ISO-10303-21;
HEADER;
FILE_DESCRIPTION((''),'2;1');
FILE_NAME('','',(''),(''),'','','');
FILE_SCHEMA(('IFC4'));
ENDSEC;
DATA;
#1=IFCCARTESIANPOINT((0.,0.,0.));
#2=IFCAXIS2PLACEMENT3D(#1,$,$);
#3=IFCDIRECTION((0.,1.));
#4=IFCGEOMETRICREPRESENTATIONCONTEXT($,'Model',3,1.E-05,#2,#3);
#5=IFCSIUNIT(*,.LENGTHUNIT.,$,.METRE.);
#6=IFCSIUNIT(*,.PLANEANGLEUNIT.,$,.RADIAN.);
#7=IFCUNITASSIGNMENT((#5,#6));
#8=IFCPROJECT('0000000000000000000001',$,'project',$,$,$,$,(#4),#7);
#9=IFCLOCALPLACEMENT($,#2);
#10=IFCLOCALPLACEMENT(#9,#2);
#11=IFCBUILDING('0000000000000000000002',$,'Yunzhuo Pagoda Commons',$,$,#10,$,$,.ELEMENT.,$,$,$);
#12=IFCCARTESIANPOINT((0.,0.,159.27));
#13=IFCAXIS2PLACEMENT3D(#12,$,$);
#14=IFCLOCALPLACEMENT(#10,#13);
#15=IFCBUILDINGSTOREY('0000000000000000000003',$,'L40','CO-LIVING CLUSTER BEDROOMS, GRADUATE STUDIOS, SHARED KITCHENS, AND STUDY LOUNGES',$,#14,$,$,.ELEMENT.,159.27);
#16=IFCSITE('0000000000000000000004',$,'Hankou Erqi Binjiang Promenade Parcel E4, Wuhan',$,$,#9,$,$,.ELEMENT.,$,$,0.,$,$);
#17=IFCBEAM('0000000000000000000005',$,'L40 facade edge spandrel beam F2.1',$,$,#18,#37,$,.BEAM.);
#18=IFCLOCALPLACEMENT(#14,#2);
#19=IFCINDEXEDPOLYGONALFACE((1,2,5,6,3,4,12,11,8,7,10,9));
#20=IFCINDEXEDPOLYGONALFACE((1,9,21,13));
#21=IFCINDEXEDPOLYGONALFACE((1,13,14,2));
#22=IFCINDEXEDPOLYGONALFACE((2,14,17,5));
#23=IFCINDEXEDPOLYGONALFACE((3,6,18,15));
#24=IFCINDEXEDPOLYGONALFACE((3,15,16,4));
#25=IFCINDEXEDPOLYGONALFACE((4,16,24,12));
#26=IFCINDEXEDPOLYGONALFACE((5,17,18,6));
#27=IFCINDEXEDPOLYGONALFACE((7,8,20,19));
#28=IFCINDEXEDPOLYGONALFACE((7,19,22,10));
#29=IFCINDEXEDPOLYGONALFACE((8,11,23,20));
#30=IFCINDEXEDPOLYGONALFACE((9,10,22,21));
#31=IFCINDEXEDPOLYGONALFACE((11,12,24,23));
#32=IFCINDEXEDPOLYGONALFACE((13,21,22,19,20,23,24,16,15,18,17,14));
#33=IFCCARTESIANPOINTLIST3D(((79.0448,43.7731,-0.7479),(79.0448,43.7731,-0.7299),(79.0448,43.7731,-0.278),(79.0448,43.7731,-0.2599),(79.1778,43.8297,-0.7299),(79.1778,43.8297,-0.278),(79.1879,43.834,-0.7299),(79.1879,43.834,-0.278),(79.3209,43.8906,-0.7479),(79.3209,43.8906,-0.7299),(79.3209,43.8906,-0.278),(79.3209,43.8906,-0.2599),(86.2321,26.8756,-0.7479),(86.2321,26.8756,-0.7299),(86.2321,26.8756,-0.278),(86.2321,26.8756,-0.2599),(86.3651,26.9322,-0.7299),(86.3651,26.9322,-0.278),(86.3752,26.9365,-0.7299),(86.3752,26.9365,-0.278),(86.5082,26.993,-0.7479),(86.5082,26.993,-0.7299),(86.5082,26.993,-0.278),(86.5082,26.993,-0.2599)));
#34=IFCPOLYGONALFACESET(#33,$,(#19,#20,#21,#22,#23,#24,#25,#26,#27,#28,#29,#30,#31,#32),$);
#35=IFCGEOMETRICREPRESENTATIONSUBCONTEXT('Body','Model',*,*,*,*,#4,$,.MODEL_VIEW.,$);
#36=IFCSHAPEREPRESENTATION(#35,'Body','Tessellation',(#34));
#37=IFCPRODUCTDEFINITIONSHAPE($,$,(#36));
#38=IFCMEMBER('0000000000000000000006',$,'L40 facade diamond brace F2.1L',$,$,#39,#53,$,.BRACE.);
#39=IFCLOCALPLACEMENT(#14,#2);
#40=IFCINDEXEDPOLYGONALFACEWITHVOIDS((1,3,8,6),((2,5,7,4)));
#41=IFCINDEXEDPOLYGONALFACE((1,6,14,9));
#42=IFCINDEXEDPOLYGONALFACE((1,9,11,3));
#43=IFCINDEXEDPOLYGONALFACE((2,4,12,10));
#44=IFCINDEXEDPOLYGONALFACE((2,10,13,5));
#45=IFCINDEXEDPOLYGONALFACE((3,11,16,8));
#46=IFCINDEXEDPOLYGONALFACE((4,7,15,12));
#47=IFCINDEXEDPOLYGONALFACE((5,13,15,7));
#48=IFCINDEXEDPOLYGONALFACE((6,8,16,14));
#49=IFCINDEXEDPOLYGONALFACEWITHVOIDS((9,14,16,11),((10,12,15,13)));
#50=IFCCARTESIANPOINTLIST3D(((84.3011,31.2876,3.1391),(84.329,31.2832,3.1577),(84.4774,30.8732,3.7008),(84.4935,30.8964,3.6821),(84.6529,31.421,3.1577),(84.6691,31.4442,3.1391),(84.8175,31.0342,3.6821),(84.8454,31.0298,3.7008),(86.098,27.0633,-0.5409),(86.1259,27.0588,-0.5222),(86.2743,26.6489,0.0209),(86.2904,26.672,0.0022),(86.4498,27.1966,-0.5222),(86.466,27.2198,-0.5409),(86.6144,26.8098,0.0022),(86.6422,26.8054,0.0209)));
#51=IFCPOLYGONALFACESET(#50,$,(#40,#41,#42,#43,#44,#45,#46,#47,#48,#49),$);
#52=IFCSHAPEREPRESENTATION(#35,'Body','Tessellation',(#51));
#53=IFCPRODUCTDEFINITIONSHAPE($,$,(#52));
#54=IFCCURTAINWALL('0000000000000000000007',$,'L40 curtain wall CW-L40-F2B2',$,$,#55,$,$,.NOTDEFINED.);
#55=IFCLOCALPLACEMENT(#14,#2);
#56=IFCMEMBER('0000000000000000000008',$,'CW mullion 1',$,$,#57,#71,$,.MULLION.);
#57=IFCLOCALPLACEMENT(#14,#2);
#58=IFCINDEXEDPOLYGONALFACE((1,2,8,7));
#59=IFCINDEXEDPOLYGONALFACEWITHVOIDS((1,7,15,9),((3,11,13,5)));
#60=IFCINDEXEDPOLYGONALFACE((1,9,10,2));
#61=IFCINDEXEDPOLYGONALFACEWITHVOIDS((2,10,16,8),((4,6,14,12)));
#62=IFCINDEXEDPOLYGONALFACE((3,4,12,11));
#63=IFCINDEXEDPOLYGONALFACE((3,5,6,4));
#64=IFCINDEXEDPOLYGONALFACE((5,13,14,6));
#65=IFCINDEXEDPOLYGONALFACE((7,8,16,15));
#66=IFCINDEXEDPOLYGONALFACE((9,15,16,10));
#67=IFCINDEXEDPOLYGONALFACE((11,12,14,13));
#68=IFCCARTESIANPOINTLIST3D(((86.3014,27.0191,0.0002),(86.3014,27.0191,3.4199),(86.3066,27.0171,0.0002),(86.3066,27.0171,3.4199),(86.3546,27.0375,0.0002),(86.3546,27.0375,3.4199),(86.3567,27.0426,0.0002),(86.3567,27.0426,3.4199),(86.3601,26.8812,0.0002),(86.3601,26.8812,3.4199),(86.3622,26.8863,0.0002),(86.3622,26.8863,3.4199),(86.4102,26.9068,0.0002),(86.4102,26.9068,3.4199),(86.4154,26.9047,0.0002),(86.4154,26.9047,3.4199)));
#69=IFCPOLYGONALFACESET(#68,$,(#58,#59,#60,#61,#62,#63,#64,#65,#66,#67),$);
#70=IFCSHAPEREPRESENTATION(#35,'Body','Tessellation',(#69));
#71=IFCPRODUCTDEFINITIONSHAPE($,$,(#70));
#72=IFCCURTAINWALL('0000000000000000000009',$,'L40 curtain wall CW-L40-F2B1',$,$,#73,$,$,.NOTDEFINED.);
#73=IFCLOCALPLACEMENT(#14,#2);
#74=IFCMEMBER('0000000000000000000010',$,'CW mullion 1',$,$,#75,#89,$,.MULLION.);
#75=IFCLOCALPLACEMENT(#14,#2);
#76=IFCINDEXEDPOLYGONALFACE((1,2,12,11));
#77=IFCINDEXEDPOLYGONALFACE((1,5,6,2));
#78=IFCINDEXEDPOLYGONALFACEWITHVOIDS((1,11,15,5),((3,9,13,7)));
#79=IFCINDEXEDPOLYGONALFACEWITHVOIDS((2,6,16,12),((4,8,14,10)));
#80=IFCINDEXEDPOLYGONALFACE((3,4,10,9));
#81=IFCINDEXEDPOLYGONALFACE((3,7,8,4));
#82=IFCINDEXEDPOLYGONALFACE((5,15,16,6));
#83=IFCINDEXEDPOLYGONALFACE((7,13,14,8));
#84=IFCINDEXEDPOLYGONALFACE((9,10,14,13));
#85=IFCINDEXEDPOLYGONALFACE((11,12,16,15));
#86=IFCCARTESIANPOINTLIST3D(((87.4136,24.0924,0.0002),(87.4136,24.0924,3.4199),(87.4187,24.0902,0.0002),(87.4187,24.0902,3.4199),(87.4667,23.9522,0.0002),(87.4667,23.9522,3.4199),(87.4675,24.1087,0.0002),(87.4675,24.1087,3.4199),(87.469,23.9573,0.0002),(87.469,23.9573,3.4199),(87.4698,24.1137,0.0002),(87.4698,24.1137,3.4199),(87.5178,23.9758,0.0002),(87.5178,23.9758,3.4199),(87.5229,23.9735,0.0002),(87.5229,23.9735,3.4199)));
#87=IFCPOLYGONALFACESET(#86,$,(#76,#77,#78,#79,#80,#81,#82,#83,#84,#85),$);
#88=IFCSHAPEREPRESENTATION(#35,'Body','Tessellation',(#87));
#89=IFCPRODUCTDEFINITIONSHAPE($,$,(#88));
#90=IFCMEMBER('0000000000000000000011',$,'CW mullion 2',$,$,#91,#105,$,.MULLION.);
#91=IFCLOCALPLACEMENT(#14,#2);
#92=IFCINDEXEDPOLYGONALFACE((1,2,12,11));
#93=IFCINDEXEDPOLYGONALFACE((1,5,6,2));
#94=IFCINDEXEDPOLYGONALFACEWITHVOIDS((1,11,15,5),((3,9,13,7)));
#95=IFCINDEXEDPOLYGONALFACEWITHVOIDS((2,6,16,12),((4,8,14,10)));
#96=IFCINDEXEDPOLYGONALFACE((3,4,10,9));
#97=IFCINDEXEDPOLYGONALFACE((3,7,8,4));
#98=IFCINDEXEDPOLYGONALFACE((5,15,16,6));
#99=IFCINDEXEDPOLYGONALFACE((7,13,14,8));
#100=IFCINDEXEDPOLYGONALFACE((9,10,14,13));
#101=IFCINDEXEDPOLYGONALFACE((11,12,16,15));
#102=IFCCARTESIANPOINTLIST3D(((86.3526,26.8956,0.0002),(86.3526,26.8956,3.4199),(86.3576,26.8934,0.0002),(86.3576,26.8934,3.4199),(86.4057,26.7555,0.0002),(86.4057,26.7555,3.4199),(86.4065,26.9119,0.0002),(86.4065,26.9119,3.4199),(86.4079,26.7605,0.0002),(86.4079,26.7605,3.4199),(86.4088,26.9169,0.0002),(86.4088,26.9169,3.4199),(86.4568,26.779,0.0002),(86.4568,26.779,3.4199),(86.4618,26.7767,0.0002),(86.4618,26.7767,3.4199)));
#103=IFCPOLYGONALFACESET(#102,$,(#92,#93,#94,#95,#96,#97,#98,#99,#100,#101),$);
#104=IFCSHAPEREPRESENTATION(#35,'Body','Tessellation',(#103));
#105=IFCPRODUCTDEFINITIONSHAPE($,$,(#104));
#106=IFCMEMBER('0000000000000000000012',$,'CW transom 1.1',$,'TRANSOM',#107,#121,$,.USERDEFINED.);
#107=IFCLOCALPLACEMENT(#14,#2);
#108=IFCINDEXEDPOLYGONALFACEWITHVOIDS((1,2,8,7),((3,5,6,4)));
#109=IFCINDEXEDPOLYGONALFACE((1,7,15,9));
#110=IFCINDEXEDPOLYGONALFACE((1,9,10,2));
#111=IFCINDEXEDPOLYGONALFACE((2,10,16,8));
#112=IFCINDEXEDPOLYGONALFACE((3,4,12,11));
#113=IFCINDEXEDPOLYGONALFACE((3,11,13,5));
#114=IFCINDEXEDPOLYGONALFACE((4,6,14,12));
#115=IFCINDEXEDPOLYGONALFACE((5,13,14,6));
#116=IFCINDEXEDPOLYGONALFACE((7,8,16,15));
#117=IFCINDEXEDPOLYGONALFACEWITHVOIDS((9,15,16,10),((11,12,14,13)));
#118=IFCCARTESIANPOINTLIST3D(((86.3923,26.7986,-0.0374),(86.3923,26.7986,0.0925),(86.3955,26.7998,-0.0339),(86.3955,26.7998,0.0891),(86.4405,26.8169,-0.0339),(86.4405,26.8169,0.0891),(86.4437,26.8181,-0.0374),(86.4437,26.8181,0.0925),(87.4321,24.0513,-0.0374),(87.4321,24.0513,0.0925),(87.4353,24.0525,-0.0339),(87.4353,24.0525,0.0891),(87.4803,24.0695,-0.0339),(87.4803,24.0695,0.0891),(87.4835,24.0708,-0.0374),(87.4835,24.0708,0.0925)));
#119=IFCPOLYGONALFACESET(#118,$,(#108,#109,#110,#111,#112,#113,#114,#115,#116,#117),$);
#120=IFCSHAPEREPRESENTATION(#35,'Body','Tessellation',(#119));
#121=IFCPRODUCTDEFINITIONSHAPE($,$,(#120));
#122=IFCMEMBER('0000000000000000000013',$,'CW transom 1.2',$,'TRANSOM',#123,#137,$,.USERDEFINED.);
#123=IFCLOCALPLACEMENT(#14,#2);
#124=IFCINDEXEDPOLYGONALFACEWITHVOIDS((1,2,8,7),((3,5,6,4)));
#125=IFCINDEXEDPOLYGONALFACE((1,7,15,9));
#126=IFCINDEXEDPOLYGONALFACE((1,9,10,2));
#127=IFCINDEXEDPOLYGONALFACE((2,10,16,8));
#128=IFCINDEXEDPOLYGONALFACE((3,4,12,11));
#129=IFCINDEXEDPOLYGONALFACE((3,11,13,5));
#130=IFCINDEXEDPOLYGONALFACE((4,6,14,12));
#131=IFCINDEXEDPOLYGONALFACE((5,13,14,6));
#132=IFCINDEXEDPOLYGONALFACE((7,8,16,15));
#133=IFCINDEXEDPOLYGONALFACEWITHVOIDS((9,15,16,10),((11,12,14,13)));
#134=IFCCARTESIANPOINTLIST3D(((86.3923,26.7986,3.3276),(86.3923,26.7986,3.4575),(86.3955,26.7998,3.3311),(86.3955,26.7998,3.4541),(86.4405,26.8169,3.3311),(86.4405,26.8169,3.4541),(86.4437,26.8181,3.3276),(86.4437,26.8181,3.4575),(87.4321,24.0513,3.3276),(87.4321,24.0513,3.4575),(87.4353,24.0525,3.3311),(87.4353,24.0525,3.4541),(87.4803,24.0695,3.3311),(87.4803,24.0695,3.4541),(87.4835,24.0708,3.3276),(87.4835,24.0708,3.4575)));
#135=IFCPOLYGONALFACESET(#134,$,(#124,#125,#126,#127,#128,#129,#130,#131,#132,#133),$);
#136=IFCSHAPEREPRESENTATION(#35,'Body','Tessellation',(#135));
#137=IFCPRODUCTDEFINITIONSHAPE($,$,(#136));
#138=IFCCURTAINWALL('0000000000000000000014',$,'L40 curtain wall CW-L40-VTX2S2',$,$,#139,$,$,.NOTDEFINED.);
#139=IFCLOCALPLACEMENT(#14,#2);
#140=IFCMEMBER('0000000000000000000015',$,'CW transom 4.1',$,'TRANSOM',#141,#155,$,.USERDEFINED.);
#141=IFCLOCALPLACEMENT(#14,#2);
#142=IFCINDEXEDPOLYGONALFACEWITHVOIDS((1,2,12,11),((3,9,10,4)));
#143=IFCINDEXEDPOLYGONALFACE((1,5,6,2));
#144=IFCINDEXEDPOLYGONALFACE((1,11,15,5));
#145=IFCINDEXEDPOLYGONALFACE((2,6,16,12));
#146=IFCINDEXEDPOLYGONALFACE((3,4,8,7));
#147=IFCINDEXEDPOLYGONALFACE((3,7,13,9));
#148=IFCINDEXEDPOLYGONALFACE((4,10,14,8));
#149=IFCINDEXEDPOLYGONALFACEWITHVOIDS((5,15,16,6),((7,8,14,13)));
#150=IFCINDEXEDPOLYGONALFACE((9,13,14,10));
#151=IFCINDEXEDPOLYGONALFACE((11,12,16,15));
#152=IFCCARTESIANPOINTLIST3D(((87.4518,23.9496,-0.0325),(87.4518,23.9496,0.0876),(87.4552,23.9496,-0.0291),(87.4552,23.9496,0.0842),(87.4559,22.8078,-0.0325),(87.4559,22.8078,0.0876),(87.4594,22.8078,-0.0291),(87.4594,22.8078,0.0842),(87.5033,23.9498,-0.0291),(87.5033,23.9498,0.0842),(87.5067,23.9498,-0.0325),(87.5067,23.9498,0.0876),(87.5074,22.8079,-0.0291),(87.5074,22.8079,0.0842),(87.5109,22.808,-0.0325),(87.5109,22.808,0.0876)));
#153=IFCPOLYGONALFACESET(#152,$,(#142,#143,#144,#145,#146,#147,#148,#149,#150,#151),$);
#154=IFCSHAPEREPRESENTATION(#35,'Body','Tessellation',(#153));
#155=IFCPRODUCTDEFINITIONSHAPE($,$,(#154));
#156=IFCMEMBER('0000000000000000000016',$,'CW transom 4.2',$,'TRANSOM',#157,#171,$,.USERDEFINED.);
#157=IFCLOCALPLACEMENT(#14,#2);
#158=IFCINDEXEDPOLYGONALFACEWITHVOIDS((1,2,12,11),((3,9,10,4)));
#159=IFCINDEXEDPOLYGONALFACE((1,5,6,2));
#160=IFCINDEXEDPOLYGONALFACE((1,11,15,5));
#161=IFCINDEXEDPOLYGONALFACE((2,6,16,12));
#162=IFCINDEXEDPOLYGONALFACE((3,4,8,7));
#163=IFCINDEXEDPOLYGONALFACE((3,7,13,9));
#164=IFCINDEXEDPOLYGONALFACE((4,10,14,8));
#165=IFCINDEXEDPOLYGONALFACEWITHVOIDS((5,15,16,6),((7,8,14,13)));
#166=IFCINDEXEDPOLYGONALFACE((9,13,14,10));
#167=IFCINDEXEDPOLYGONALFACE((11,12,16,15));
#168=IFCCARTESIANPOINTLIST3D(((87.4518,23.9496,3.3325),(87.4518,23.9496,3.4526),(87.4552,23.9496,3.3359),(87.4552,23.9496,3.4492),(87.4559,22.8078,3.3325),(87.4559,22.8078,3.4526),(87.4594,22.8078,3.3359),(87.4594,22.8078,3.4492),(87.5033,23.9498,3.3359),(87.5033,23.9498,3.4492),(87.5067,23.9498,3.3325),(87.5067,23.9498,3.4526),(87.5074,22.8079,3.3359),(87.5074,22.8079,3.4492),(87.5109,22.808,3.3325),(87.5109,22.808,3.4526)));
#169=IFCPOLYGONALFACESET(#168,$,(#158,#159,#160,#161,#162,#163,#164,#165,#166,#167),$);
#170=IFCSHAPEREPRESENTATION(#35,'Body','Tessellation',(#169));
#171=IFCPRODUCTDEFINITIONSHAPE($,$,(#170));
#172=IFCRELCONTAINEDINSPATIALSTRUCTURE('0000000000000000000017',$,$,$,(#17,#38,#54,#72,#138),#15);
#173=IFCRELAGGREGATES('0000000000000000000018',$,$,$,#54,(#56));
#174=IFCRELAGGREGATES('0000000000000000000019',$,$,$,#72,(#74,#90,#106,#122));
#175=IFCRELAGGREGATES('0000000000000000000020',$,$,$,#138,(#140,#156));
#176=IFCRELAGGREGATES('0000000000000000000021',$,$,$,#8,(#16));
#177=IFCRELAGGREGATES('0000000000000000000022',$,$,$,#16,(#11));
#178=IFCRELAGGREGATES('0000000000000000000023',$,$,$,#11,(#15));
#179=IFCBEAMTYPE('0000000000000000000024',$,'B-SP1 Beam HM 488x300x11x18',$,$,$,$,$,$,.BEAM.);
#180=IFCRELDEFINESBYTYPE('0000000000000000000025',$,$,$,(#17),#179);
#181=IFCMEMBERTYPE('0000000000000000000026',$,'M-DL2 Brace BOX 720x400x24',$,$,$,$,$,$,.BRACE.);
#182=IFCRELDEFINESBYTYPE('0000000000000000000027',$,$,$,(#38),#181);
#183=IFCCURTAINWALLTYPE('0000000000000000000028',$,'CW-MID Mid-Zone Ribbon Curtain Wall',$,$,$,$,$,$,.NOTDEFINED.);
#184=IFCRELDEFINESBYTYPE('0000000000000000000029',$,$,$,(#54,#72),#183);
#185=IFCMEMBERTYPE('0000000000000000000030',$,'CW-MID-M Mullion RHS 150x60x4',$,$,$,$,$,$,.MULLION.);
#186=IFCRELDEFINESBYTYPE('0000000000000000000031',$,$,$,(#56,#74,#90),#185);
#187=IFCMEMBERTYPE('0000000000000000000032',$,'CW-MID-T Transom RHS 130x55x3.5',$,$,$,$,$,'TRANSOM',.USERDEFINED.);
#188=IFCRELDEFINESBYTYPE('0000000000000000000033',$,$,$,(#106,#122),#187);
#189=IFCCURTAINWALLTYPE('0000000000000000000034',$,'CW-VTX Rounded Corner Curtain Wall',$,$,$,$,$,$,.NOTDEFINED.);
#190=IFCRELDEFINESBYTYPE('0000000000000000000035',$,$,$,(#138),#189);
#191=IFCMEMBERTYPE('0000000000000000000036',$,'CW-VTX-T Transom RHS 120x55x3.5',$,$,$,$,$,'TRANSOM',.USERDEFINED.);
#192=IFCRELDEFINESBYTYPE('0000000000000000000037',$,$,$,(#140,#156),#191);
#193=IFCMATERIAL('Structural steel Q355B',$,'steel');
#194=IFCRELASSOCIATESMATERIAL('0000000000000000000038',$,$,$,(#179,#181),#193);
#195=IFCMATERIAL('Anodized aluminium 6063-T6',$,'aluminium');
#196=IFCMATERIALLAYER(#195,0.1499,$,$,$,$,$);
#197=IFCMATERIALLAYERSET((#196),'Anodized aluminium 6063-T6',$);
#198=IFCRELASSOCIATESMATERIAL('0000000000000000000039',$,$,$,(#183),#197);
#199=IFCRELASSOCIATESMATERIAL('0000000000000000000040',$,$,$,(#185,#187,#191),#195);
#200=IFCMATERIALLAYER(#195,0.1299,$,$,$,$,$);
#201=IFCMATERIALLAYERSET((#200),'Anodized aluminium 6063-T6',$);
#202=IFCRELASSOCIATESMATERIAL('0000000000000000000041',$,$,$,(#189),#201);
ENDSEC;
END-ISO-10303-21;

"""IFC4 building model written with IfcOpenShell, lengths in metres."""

from ifc_helpers import new_model, si_unit, direction, frame, origin, origin_2d, place, context, subcontext, project, spatial, hollow_rectangle, i_section, extrude, source, transform, mapped, material, layer, layer_set, material_profile, profile_set, type_object, element, aggregate, save


model = new_model("IFC4")

# Units and contexts
model_context = context("Model", 3, precision=1e-05, world=origin(), true_north=direction((0.0, 1.0)))
body_context = subcontext(model_context, "Body", "Model", "MODEL_VIEW")
ifc_project = project(units=[si_unit("LENGTHUNIT", "METRE"), si_unit("PLANEANGLEUNIT", "RADIAN")], contexts=[model_context])

# Site, building, storey
site_placement = place(None, origin())
site = spatial("IfcSite", under=ifc_project, at=site_placement, Name="Hankou Erqi Binjiang Promenade Parcel E4, Wuhan", CompositionType="ELEMENT", RefElevation=0.0)
building_placement = place(site_placement, origin())
building = spatial("IfcBuilding", under=site, at=building_placement, Name="Yunzhuo Pagoda Commons", CompositionType="ELEMENT")
storey_placement = place(building_placement, frame((0.0, 0.0, 159.27)))
storey = spatial("IfcBuildingStorey", under=building, at=storey_placement, Name="L40", Description="CO-LIVING CLUSTER BEDROOMS, GRADUATE STUDIOS, SHARED KITCHENS, AND STUDY LOUNGES", CompositionType="ELEMENT", Elevation=159.27)

# Beam
ifc_material_1 = material(Name="Structural steel Q355B", Category="steel")
ifc_material_profile_1 = material_profile(ifc_material_1, i_section(OverallWidth=0.3, OverallDepth=0.488, WebThickness=0.011, FlangeThickness=0.0181, at=origin_2d()), Name="Structural steel Q355B")
ifc_profile_set_1 = profile_set([ifc_material_profile_1], Name="Structural steel Q355B")
beam_type = type_object("IfcBeamType", Name="B-SP1 Beam HM 488x300x11x18", PredefinedType="BEAM", material=ifc_profile_set_1)
shared_shape_1 = source(origin(), body_context, "Body", "SweptSolid", [
    extrude(i_section(OverallWidth=0.3, OverallDepth=0.488, WebThickness=0.011, FlangeThickness=0.0181, at=origin_2d()), origin(), (0.0, 0.0, 1.0), 18.3625),
])
beam_placement = place(storey_placement, frame((86.3701, 26.9343, -0.5039), z_axis=(-0.39141, 0.920216, 0.0), x_axis=(-0.920216, -0.39141, 0.0)))
element("IfcBeam", 1, at=beam_placement, inside=storey, type_object=beam_type, Name="L40 facade edge spandrel beam F2.1", PredefinedType="BEAM", context=body_context, shape_type="MappedRepresentation", body=[
    mapped(shared_shape_1, transform((0.0, 0.0, 0.0), scale=1.0)),
])

# Member
ifc_material_profile_2 = material_profile(ifc_material_1, hollow_rectangle(XDim=0.3999, YDim=0.72, WallThickness=0.0239, at=origin_2d()), Name="Structural steel Q355B")
ifc_profile_set_2 = profile_set([ifc_material_profile_2], Name="Structural steel Q355B")
member_type_1 = type_object("IfcMemberType", Name="M-DL2 Brace BOX 720x400x24", PredefinedType="BRACE", material=ifc_profile_set_2)
shared_shape_2 = source(origin(), body_context, "Body", "SweptSolid", [
    extrude(hollow_rectangle(XDim=0.3999, YDim=0.72, WallThickness=0.0239, at=origin_2d()), origin(), (0.0, 0.0, 1.0), 5.8835),
])
member_1_placement = place(storey_placement, frame((86.3701, 26.9343, -0.26), z_axis=(-0.305408, 0.717998, 0.625463), x_axis=(-0.920212, -0.391421, 0.0)))
element("IfcMember", 2, at=member_1_placement, inside=storey, type_object=member_type_1, Name="L40 facade diamond brace F2.1L", PredefinedType="BRACE", context=body_context, shape_type="MappedRepresentation", body=[
    mapped(shared_shape_2, transform((0.0, 0.0, 0.0), scale=1.0)),
])

# Curtain wall, member
ifc_material_2 = material(Name="Anodized aluminium 6063-T6", Category="aluminium")
ifc_layer_1 = layer(ifc_material_2, 0.1499)
ifc_layer_set_1 = layer_set([ifc_layer_1], Name="Anodized aluminium 6063-T6")
curtain_wall_type_1 = type_object("IfcCurtainWallType", Name="CW-MID Mid-Zone Ribbon Curtain Wall", PredefinedType="NOTDEFINED", material=ifc_layer_set_1)
curtain_wall_1_placement = place(storey_placement, origin())
curtain_wall_1 = element("IfcCurtainWall", 3, at=curtain_wall_1_placement, inside=storey, type_object=curtain_wall_type_1, Name="L40 curtain wall CW-L40-F2B2", PredefinedType="NOTDEFINED")
ifc_material_profile_3 = material_profile(ifc_material_2, hollow_rectangle(XDim=0.0601, YDim=0.1499, WallThickness=0.0039, at=origin_2d()), Name="Anodized aluminium 6063-T6")
ifc_profile_set_3 = profile_set([ifc_material_profile_3], Name="Anodized aluminium 6063-T6")
member_type_2 = type_object("IfcMemberType", Name="CW-MID-M Mullion RHS 150x60x4", PredefinedType="MULLION", material=ifc_profile_set_3)
shared_shape_3 = source(origin(), body_context, "Body", "SweptSolid", [
    extrude(hollow_rectangle(XDim=0.0601, YDim=0.1499, WallThickness=0.0039, at=origin_2d()), origin(), (0.0, 0.0, 1.0), 3.4197),
])
member_2_placement = place(storey_placement, frame((86.3584, 26.9619, 0.0002), z_axis=(0.0, 0.0, 1.0), x_axis=(-0.920217, -0.391409, 0.0)))
member_2 = element("IfcMember", 4, at=member_2_placement, type_object=member_type_2, Name="CW mullion 1", PredefinedType="MULLION", context=body_context, shape_type="MappedRepresentation", body=[
    mapped(shared_shape_3, transform((0.0, 0.0, 0.0), scale=1.0)),
])
aggregate(curtain_wall_1, [member_2])

# Curtain walls, members
curtain_wall_2_placement = place(storey_placement, origin())
curtain_wall_2 = element("IfcCurtainWall", 5, at=curtain_wall_2_placement, inside=storey, type_object=curtain_wall_type_1, Name="L40 curtain wall CW-L40-F2B1", PredefinedType="NOTDEFINED")
member_3_placement = place(storey_placement, frame((87.4683, 24.033, 0.0002), z_axis=(0.0, 0.0, 1.0), x_axis=(-0.935247, -0.353996, 0.0)))
member_3 = element("IfcMember", 6, at=member_3_placement, type_object=member_type_2, Name="CW mullion 1", PredefinedType="MULLION", context=body_context, shape_type="MappedRepresentation", body=[
    mapped(shared_shape_3, transform((0.0, 0.0, 0.0), scale=1.0)),
])
member_4_placement = place(storey_placement, frame((86.4072, 26.8362, 0.0002), z_axis=(0.0, 0.0, 1.0), x_axis=(-0.935247, -0.353996, 0.0)))
member_4 = element("IfcMember", 7, at=member_4_placement, type_object=member_type_2, Name="CW mullion 2", PredefinedType="MULLION", context=body_context, shape_type="MappedRepresentation", body=[
    mapped(shared_shape_3, transform((0.0, 0.0, 0.0), scale=1.0)),
])
ifc_material_profile_4 = material_profile(ifc_material_2, hollow_rectangle(XDim=0.0549, YDim=0.1299, WallThickness=0.0034, at=origin_2d()), Name="Anodized aluminium 6063-T6")
ifc_profile_set_4 = profile_set([ifc_material_profile_4], Name="Anodized aluminium 6063-T6")
member_type_3 = type_object("IfcMemberType", Name="CW-MID-T Transom RHS 130x55x3.5", ElementType="TRANSOM", PredefinedType="USERDEFINED", material=ifc_profile_set_4)
shared_shape_4 = source(origin(), body_context, "Body", "SweptSolid", [
    extrude(hollow_rectangle(XDim=0.0549, YDim=0.1299, WallThickness=0.0034, at=origin_2d()), origin(), (0.0, 0.0, 1.0), 2.9375),
])
member_5_placement = place(storey_placement, frame((87.4578, 24.061, 0.0276), z_axis=(-0.353973, 0.935256, 0.0), x_axis=(-0.935256, -0.353973, 0.0)))
member_5 = element("IfcMember", 8, at=member_5_placement, type_object=member_type_3, Name="CW transom 1.1", ObjectType="TRANSOM", PredefinedType="USERDEFINED", context=body_context, shape_type="MappedRepresentation", body=[
    mapped(shared_shape_4, transform((0.0, 0.0, 0.0), scale=1.0)),
])
member_6_placement = place(storey_placement, frame((87.4578, 24.061, 3.3926), z_axis=(-0.353973, 0.935256, 0.0), x_axis=(-0.935256, -0.353973, 0.0)))
member_6 = element("IfcMember", 9, at=member_6_placement, type_object=member_type_3, Name="CW transom 1.2", ObjectType="TRANSOM", PredefinedType="USERDEFINED", context=body_context, shape_type="MappedRepresentation", body=[
    mapped(shared_shape_4, transform((0.0, 0.0, 0.0), scale=1.0)),
])
ifc_layer_2 = layer(ifc_material_2, 0.1299)
ifc_layer_set_2 = layer_set([ifc_layer_2], Name="Anodized aluminium 6063-T6")
curtain_wall_type_2 = type_object("IfcCurtainWallType", Name="CW-VTX Rounded Corner Curtain Wall", PredefinedType="NOTDEFINED", material=ifc_layer_set_2)
curtain_wall_3_placement = place(storey_placement, origin())
curtain_wall_3 = element("IfcCurtainWall", 10, at=curtain_wall_3_placement, inside=storey, type_object=curtain_wall_type_2, Name="L40 curtain wall CW-L40-VTX2S2", PredefinedType="NOTDEFINED")
ifc_material_profile_5 = material_profile(ifc_material_2, hollow_rectangle(XDim=0.0549, YDim=0.1201, WallThickness=0.0034, at=origin_2d()), Name="Anodized aluminium 6063-T6")
ifc_profile_set_5 = profile_set([ifc_material_profile_5], Name="Anodized aluminium 6063-T6")
member_type_4 = type_object("IfcMemberType", Name="CW-VTX-T Transom RHS 120x55x3.5", ElementType="TRANSOM", PredefinedType="USERDEFINED", material=ifc_profile_set_5)
shared_shape_5 = source(origin(), body_context, "Body", "SweptSolid", [
    extrude(hollow_rectangle(XDim=0.0549, YDim=0.1201, WallThickness=0.0034, at=origin_2d()), origin(), (0.0, 0.0, 1.0), 1.1418),
])
member_7_placement = place(storey_placement, frame((87.4834, 22.8079, 0.0276), z_axis=(-0.003635, 0.999993, 0.0), x_axis=(-0.999993, -0.003635, 0.0)))
member_7 = element("IfcMember", 11, at=member_7_placement, type_object=member_type_4, Name="CW transom 4.1", ObjectType="TRANSOM", PredefinedType="USERDEFINED", context=body_context, shape_type="MappedRepresentation", body=[
    mapped(shared_shape_5, transform((0.0, 0.0, 0.0), scale=1.0)),
])
member_8_placement = place(storey_placement, frame((87.4834, 22.8079, 3.3926), z_axis=(-0.003635, 0.999993, 0.0), x_axis=(-0.999993, -0.003635, 0.0)))
member_8 = element("IfcMember", 12, at=member_8_placement, type_object=member_type_4, Name="CW transom 4.2", ObjectType="TRANSOM", PredefinedType="USERDEFINED", context=body_context, shape_type="MappedRepresentation", body=[
    mapped(shared_shape_5, transform((0.0, 0.0, 0.0), scale=1.0)),
])

aggregate(curtain_wall_2, [member_3, member_4, member_5, member_6])
aggregate(curtain_wall_3, [member_7, member_8])

save(model, "model.ifc")
